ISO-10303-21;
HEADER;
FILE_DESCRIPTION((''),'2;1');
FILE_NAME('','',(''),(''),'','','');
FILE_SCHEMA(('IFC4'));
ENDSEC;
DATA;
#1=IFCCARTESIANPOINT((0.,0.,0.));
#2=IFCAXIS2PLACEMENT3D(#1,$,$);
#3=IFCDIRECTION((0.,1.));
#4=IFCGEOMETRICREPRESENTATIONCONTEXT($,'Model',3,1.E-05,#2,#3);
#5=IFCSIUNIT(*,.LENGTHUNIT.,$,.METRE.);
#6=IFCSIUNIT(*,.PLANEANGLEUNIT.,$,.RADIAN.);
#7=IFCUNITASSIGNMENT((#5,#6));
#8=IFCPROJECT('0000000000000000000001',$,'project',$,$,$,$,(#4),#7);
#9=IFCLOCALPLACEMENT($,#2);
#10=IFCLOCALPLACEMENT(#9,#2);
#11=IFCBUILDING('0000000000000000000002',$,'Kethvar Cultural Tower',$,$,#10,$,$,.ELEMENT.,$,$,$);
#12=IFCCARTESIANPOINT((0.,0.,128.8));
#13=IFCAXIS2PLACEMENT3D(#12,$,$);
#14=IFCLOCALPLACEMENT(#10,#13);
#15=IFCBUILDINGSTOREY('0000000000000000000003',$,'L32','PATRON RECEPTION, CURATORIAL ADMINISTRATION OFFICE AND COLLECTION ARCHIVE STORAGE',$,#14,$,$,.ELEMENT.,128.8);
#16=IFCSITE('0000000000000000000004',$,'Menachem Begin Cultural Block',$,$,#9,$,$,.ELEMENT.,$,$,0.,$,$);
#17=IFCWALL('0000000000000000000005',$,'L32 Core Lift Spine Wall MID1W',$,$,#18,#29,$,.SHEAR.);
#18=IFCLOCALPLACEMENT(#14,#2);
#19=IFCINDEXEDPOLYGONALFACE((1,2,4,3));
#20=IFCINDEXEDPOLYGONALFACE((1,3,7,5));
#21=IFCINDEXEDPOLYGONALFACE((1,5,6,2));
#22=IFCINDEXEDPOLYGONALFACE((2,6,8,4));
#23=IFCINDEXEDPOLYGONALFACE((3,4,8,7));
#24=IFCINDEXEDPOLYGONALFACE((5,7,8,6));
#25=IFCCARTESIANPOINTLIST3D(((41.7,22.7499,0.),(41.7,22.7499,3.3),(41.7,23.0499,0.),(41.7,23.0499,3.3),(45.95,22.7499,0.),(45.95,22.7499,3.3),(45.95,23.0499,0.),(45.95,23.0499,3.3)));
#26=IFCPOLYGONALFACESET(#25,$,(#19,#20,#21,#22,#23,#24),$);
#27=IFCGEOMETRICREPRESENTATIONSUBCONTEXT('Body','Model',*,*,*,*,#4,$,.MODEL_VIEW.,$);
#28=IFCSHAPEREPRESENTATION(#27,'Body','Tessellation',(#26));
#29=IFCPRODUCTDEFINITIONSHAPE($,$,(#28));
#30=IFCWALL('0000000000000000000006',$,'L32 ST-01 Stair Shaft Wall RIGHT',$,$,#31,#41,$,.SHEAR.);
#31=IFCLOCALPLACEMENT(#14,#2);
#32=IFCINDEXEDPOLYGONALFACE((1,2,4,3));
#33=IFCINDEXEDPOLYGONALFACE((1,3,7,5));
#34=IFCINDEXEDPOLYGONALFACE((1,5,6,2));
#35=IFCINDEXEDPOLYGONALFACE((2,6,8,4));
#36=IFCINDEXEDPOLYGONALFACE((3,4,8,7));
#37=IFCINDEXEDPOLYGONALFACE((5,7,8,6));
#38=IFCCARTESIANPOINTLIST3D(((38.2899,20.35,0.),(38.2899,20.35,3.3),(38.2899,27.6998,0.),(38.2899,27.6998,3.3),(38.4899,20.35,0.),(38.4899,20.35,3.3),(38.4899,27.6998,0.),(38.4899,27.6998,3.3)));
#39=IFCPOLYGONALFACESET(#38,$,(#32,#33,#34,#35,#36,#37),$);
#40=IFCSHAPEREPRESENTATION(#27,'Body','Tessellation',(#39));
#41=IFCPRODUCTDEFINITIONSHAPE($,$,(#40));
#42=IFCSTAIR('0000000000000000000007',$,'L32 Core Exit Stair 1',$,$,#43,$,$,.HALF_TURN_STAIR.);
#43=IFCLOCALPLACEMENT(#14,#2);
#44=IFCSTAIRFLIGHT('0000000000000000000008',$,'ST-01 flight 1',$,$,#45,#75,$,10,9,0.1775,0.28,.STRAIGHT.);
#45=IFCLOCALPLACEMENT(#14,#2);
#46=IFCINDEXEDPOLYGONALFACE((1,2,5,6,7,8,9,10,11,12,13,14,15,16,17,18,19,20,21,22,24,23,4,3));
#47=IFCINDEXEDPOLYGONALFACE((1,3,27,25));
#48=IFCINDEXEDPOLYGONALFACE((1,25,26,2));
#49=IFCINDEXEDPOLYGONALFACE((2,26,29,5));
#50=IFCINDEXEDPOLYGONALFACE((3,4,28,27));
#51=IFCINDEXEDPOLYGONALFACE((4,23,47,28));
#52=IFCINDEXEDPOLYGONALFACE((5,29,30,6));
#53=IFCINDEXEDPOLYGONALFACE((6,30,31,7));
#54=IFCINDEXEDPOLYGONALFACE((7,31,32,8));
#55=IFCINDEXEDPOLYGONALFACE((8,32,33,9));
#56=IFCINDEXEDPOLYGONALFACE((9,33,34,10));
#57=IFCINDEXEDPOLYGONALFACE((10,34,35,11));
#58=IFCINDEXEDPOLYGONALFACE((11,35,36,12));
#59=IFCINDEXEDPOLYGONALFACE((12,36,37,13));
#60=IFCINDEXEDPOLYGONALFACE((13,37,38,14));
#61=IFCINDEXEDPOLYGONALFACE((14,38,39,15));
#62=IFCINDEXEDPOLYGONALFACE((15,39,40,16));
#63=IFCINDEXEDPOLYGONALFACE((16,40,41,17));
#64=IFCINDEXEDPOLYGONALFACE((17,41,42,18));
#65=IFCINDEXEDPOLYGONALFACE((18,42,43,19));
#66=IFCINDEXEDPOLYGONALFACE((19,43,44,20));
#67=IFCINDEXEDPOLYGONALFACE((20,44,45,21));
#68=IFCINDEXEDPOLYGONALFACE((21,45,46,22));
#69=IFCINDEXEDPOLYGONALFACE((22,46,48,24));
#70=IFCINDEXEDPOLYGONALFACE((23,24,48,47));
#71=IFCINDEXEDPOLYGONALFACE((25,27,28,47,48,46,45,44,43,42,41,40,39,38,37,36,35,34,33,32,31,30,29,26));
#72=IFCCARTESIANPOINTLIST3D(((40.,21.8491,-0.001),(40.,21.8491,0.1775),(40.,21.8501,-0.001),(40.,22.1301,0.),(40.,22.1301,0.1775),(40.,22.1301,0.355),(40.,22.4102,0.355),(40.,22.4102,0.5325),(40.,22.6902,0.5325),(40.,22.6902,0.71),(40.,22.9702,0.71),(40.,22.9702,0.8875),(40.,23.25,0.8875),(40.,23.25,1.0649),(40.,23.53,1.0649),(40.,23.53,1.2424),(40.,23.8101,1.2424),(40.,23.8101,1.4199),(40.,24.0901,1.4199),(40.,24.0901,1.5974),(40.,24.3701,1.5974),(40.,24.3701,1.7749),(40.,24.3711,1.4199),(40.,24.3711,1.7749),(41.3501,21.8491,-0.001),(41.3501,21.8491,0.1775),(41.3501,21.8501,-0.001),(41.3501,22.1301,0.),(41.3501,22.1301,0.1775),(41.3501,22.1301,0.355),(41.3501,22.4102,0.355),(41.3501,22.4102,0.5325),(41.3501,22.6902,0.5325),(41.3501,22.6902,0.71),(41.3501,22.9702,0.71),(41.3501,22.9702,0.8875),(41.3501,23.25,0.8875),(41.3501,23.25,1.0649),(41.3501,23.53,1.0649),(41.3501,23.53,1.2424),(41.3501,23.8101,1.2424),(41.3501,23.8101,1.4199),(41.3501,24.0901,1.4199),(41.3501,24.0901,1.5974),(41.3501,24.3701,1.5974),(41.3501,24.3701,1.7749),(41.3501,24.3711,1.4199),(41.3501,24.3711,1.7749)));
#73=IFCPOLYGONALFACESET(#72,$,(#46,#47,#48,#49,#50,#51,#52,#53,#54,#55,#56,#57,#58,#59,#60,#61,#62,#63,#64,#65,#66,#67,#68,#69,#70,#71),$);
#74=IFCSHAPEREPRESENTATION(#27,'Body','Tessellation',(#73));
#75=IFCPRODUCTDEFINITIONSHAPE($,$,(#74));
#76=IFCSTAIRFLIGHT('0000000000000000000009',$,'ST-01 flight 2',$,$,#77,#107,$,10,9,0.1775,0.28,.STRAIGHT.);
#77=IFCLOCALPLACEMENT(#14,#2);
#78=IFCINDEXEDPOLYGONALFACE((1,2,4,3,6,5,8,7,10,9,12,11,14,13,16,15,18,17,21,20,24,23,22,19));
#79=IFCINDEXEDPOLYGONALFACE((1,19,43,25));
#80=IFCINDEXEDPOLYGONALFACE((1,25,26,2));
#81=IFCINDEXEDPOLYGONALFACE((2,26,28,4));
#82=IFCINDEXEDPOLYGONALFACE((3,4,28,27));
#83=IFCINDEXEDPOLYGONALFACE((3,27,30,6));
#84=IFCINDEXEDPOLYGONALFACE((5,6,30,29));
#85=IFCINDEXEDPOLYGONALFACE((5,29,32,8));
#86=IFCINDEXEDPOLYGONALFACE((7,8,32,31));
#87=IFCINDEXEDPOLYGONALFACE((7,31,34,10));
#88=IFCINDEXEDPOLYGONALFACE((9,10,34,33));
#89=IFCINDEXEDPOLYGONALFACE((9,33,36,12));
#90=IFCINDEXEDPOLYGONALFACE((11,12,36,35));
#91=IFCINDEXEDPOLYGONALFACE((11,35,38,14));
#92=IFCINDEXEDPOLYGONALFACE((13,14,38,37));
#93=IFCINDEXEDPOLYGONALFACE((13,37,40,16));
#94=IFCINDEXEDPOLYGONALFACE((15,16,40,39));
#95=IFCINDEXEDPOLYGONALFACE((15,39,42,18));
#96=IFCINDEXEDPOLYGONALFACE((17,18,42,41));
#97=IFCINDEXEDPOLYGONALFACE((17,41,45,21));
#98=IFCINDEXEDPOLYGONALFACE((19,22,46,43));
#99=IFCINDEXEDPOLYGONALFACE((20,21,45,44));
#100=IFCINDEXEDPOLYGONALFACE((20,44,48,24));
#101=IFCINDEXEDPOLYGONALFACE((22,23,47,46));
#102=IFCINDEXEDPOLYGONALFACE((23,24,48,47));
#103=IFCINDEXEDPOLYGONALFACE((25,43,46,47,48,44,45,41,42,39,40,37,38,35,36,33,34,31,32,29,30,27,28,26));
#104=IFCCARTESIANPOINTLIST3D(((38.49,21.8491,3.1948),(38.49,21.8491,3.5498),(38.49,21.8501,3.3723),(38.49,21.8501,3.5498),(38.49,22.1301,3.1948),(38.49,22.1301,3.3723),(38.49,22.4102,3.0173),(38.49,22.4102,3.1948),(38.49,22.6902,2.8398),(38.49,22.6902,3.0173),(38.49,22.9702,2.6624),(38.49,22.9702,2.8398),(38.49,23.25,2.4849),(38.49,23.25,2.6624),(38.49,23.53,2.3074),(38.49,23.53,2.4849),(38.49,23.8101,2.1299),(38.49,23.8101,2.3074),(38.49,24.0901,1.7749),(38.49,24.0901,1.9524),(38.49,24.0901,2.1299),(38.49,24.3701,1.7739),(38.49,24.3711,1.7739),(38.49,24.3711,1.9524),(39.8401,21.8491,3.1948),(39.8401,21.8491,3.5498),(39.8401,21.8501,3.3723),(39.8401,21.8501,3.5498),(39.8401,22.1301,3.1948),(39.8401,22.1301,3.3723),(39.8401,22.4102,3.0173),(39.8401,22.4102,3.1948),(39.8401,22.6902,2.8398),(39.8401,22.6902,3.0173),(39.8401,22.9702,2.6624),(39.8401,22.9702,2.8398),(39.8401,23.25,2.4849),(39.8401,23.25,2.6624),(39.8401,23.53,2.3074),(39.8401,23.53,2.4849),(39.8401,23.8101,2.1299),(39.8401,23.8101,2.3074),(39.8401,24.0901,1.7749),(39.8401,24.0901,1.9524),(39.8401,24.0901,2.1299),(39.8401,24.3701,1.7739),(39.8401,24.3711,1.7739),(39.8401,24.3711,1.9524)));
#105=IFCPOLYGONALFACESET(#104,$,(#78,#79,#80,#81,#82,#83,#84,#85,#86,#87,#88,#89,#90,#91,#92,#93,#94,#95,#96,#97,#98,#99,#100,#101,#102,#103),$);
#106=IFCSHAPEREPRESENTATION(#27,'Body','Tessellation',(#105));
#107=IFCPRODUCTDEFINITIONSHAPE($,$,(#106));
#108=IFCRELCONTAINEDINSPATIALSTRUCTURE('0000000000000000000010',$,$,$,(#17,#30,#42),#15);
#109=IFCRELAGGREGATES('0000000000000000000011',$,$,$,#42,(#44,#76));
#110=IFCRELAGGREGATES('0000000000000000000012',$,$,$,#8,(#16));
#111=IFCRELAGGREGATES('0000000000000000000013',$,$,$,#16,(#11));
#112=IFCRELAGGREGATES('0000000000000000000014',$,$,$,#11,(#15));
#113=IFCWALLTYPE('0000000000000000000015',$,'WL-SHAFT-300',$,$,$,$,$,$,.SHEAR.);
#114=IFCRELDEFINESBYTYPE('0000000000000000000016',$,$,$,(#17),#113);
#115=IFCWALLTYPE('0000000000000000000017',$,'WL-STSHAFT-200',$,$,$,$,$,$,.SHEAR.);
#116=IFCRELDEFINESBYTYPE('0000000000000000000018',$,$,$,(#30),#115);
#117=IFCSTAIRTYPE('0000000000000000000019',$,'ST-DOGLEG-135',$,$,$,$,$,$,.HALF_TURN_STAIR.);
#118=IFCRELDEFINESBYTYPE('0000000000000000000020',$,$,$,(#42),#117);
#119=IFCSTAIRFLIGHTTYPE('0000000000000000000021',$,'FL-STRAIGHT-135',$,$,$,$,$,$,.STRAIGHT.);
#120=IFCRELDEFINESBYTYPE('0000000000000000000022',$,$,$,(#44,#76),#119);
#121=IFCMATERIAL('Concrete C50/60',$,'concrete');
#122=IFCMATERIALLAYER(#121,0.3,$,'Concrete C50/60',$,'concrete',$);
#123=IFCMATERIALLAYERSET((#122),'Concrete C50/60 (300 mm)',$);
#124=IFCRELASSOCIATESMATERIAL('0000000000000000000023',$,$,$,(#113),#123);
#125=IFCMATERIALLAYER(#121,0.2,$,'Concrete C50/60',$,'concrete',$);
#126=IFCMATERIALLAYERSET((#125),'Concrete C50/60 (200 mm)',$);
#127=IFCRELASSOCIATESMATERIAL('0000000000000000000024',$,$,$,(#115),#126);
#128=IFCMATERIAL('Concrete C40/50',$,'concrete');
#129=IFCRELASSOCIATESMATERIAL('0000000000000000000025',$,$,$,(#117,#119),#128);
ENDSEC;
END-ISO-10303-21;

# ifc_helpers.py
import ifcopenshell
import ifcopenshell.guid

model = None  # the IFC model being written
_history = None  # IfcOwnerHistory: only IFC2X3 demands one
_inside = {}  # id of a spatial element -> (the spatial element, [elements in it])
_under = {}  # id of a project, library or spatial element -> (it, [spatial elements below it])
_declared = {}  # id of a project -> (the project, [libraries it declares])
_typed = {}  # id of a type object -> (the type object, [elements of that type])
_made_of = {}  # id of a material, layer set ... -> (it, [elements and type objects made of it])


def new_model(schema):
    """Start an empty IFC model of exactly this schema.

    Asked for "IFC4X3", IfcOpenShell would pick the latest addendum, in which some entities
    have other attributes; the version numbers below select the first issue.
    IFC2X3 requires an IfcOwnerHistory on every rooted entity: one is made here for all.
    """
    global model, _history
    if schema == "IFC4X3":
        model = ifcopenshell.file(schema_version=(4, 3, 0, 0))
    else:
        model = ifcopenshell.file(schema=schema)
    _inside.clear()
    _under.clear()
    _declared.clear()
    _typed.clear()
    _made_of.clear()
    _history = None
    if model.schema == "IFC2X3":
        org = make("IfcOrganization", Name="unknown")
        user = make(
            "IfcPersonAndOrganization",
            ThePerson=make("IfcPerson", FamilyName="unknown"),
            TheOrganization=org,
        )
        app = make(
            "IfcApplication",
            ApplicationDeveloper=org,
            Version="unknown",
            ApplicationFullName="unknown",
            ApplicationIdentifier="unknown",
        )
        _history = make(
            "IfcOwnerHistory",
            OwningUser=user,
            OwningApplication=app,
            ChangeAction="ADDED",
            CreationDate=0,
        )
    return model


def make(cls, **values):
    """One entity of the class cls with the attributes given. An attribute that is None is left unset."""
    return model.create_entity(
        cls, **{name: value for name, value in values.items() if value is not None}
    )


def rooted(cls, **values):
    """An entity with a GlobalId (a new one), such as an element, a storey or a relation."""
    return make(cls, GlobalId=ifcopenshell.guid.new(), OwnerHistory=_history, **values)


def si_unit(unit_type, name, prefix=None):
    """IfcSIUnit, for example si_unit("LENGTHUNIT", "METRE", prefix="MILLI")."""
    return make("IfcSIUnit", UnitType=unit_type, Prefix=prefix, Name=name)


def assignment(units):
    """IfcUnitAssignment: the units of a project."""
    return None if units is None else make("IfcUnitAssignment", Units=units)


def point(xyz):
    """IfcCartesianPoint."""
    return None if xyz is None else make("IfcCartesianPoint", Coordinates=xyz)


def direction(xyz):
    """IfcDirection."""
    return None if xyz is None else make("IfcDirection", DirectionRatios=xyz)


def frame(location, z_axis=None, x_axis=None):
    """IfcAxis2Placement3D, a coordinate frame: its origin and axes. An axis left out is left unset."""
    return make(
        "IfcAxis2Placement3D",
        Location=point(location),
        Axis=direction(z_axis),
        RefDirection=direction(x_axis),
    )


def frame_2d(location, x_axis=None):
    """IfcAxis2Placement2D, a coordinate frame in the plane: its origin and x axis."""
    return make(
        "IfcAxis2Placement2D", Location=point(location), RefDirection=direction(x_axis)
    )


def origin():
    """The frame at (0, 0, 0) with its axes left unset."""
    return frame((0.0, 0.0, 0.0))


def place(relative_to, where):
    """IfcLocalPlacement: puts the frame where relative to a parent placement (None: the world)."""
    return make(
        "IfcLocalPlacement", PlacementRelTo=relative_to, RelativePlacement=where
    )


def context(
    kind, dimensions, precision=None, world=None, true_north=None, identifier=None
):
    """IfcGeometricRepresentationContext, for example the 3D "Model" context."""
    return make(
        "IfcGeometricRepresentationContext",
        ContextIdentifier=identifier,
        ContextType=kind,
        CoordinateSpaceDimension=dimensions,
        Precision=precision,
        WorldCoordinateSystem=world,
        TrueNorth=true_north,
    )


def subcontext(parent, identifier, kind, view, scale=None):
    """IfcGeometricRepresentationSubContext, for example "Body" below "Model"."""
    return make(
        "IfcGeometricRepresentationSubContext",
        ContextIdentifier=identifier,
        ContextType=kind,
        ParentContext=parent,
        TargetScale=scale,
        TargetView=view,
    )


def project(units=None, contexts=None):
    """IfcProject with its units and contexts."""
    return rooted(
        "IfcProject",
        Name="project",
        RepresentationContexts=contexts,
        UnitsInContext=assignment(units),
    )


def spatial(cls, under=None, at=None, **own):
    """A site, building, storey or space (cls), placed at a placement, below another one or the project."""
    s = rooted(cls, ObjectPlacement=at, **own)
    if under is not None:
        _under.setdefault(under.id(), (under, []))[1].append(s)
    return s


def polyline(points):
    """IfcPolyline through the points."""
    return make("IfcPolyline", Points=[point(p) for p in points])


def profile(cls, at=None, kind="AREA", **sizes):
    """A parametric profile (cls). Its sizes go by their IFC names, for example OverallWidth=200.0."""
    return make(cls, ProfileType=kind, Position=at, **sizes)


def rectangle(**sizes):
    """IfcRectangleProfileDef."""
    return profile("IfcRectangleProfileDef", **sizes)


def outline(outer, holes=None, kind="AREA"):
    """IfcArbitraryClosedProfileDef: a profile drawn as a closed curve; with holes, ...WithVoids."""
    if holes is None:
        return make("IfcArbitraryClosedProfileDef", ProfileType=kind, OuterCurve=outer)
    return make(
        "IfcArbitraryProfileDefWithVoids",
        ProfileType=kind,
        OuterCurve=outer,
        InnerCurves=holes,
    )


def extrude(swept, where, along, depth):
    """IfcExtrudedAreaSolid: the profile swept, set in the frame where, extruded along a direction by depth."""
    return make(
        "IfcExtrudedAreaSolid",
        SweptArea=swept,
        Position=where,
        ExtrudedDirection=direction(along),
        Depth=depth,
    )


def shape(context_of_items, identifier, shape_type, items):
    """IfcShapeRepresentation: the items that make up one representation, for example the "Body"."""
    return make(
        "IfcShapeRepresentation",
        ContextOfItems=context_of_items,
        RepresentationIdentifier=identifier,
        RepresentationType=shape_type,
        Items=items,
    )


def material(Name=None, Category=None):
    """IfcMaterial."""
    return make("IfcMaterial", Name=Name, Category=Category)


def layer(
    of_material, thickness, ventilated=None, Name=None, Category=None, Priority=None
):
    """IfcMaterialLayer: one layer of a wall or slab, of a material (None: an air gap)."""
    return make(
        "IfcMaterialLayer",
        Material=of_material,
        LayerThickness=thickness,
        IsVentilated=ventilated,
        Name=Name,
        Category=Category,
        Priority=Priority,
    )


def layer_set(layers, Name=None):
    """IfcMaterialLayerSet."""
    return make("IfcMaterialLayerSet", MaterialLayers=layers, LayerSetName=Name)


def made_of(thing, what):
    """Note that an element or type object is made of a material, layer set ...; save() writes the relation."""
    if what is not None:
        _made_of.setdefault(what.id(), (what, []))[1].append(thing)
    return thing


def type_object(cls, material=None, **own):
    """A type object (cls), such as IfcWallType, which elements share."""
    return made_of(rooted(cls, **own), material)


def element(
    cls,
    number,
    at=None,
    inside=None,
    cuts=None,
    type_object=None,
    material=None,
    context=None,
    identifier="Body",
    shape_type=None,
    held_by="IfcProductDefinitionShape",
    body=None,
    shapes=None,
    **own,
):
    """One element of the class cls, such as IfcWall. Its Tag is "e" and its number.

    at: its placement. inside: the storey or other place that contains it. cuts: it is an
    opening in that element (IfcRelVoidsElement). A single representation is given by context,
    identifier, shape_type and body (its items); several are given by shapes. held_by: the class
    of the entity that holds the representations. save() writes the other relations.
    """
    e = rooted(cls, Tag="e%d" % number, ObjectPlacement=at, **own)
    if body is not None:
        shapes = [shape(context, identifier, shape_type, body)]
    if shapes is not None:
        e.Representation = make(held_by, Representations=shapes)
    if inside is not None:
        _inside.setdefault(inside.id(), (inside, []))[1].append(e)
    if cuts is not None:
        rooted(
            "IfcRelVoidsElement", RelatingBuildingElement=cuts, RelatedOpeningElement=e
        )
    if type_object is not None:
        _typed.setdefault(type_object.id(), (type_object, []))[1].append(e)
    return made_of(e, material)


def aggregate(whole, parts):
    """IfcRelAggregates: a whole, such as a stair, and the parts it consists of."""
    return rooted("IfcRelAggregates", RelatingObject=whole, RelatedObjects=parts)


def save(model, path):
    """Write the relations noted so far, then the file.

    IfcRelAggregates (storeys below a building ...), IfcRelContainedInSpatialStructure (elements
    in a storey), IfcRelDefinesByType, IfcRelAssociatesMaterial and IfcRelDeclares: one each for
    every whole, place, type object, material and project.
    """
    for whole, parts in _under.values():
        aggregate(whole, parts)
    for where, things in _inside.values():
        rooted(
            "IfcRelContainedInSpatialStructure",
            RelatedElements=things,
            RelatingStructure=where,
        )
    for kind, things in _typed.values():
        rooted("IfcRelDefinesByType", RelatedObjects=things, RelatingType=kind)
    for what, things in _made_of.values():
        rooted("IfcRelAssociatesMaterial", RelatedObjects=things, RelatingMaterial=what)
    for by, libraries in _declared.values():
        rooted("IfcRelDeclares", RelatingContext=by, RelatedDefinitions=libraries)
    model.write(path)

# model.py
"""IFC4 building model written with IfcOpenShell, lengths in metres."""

from ifc_helpers import new_model, si_unit, direction, frame, frame_2d, origin, place, context, subcontext, project, spatial, polyline, rectangle, outline, extrude, material, layer, layer_set, type_object, element, aggregate, save


model = new_model("IFC4")

# Units and contexts
model_context = context("Model", 3, precision=1e-05, world=origin(), true_north=direction((0.0, 1.0)))
body_context = subcontext(model_context, "Body", "Model", "MODEL_VIEW")
ifc_project = project(units=[si_unit("LENGTHUNIT", "METRE"), si_unit("PLANEANGLEUNIT", "RADIAN")], contexts=[model_context])

# Site, building, storey
site_placement = place(None, origin())
site = spatial("IfcSite", under=ifc_project, at=site_placement, Name="Menachem Begin Cultural Block", CompositionType="ELEMENT", RefElevation=0.0)
building_placement = place(site_placement, origin())
building = spatial("IfcBuilding", under=site, at=building_placement, Name="Kethvar Cultural Tower", CompositionType="ELEMENT")
storey_placement = place(building_placement, frame((0.0, 0.0, 128.8)))
storey = spatial("IfcBuildingStorey", under=building, at=storey_placement, Name="L32", Description="PATRON RECEPTION, CURATORIAL ADMINISTRATION OFFICE AND COLLECTION ARCHIVE STORAGE", CompositionType="ELEMENT", Elevation=128.8)

# Walls
ifc_material_1 = material(Name="Concrete C50/60", Category="concrete")
ifc_layer_1 = layer(ifc_material_1, 0.3, Name="Concrete C50/60", Category="concrete")
ifc_layer_set_1 = layer_set([ifc_layer_1], Name="Concrete C50/60 (300 mm)")
wall_type_1 = type_object("IfcWallType", Name="WL-SHAFT-300", PredefinedType="SHEAR", material=ifc_layer_set_1)
wall_1_placement = place(storey_placement, frame((41.7, 22.8999, 0.0), z_axis=(0.0, 0.0, 1.0), x_axis=(1.0, 0.0, 0.0)))
element("IfcWall", 1, at=wall_1_placement, inside=storey, type_object=wall_type_1, Name="L32 Core Lift Spine Wall MID1W", PredefinedType="SHEAR", context=body_context, shape_type="SweptSolid", body=[
    extrude(rectangle(XDim=4.25, YDim=0.3, at=frame_2d((2.125, 0.0))), origin(), (0.0, 0.0, 1.0), 3.3),
])
ifc_layer_2 = layer(ifc_material_1, 0.2, Name="Concrete C50/60", Category="concrete")
ifc_layer_set_2 = layer_set([ifc_layer_2], Name="Concrete C50/60 (200 mm)")
wall_type_2 = type_object("IfcWallType", Name="WL-STSHAFT-200", PredefinedType="SHEAR", material=ifc_layer_set_2)
wall_2_placement = place(storey_placement, frame((38.3899, 20.3501, 0.0), z_axis=(0.0, 0.0, 1.0), x_axis=(0.0, 1.0, 0.0)))
element("IfcWall", 2, at=wall_2_placement, inside=storey, type_object=wall_type_2, Name="L32 ST-01 Stair Shaft Wall RIGHT", PredefinedType="SHEAR", context=body_context, shape_type="SweptSolid", body=[
    extrude(rectangle(XDim=7.3499, YDim=0.2, at=frame_2d((3.6748, 0.0))), origin(), (0.0, 0.0, 1.0), 3.3),
])

# Stair, stair flights
ifc_material_2 = material(Name="Concrete C40/50", Category="concrete")
stair_type = type_object("IfcStairType", Name="ST-DOGLEG-135", PredefinedType="HALF_TURN_STAIR", material=ifc_material_2)
stair_placement = place(storey_placement, origin())
stair = element("IfcStair", 3, at=stair_placement, inside=storey, type_object=stair_type, Name="L32 Core Exit Stair 1", PredefinedType="HALF_TURN_STAIR")
stair_flight_type = type_object("IfcStairFlightType", Name="FL-STRAIGHT-135", PredefinedType="STRAIGHT", material=ifc_material_2)
stair_flight_1_placement = place(storey_placement, frame((40.675, 21.8501, 0.0), z_axis=(0.0, 0.0, 1.0), x_axis=(0.0, 1.0, 0.0)))
stair_flight_1 = element("IfcStairFlight", 4, at=stair_flight_1_placement, type_object=stair_flight_type, Name="ST-01 flight 1", NumberOfRisers=10, NumberOfTreads=9, PredefinedType="STRAIGHT", RiserHeight=0.1775, TreadLength=0.28, context=body_context, shape_type="SweptSolid", body=[
    extrude(outline(polyline([(-0.001, -0.001), (-0.001, 0.1775), (0.28, 0.1775), (0.28, 0.355), (0.5601, 0.355), (0.5601, 0.5325), (0.8401, 0.5325), (0.8401, 0.71), (1.1201, 0.71), (1.1201, 0.8875), (1.3999, 0.8875), (1.3999, 1.0649), (1.6799, 1.0649), (1.6799, 1.2424), (1.96, 1.2424), (1.96, 1.4199), (2.24, 1.4199), (2.24, 1.5974), (2.52, 1.5974), (2.52, 1.7749), (2.521, 1.7749), (2.521, 1.4199), (0.28, 0.0), (0.0, -0.001), (-0.001, -0.001)])), frame((0.0, 0.675, 0.0), z_axis=(0.0, -1.0, 0.0), x_axis=(1.0, 0.0, 0.0)), (0.0, 0.0, 1.0), 1.3501),
])
stair_flight_2_placement = place(storey_placement, frame((39.165, 24.3701, 1.7749), z_axis=(0.0, 0.0, 1.0), x_axis=(0.0, -1.0, 0.0)))
stair_flight_2 = element("IfcStairFlight", 5, at=stair_flight_2_placement, type_object=stair_flight_type, Name="ST-01 flight 2", NumberOfRisers=10, NumberOfTreads=9, PredefinedType="STRAIGHT", RiserHeight=0.1775, TreadLength=0.28, context=body_context, shape_type="SweptSolid", body=[
    extrude(outline(polyline([(-0.001, -0.001), (-0.001, 0.1775), (0.28, 0.1775), (0.28, 0.355), (0.5601, 0.355), (0.5601, 0.5325), (0.8401, 0.5325), (0.8401, 0.71), (1.1201, 0.71), (1.1201, 0.8875), (1.3999, 0.8875), (1.3999, 1.0649), (1.6799, 1.0649), (1.6799, 1.2424), (1.96, 1.2424), (1.96, 1.4199), (2.24, 1.4199), (2.24, 1.5974), (2.52, 1.5974), (2.52, 1.7749), (2.521, 1.7749), (2.521, 1.4199), (0.28, 0.0), (0.0, -0.001), (-0.001, -0.001)])), frame((0.0, 0.675, 0.0), z_axis=(0.0, -1.0, 0.0), x_axis=(1.0, 0.0, 0.0)), (0.0, 0.0, 1.0), 1.3501),
])
aggregate(stair, [stair_flight_1, stair_flight_2])

save(model, "model.ifc")
